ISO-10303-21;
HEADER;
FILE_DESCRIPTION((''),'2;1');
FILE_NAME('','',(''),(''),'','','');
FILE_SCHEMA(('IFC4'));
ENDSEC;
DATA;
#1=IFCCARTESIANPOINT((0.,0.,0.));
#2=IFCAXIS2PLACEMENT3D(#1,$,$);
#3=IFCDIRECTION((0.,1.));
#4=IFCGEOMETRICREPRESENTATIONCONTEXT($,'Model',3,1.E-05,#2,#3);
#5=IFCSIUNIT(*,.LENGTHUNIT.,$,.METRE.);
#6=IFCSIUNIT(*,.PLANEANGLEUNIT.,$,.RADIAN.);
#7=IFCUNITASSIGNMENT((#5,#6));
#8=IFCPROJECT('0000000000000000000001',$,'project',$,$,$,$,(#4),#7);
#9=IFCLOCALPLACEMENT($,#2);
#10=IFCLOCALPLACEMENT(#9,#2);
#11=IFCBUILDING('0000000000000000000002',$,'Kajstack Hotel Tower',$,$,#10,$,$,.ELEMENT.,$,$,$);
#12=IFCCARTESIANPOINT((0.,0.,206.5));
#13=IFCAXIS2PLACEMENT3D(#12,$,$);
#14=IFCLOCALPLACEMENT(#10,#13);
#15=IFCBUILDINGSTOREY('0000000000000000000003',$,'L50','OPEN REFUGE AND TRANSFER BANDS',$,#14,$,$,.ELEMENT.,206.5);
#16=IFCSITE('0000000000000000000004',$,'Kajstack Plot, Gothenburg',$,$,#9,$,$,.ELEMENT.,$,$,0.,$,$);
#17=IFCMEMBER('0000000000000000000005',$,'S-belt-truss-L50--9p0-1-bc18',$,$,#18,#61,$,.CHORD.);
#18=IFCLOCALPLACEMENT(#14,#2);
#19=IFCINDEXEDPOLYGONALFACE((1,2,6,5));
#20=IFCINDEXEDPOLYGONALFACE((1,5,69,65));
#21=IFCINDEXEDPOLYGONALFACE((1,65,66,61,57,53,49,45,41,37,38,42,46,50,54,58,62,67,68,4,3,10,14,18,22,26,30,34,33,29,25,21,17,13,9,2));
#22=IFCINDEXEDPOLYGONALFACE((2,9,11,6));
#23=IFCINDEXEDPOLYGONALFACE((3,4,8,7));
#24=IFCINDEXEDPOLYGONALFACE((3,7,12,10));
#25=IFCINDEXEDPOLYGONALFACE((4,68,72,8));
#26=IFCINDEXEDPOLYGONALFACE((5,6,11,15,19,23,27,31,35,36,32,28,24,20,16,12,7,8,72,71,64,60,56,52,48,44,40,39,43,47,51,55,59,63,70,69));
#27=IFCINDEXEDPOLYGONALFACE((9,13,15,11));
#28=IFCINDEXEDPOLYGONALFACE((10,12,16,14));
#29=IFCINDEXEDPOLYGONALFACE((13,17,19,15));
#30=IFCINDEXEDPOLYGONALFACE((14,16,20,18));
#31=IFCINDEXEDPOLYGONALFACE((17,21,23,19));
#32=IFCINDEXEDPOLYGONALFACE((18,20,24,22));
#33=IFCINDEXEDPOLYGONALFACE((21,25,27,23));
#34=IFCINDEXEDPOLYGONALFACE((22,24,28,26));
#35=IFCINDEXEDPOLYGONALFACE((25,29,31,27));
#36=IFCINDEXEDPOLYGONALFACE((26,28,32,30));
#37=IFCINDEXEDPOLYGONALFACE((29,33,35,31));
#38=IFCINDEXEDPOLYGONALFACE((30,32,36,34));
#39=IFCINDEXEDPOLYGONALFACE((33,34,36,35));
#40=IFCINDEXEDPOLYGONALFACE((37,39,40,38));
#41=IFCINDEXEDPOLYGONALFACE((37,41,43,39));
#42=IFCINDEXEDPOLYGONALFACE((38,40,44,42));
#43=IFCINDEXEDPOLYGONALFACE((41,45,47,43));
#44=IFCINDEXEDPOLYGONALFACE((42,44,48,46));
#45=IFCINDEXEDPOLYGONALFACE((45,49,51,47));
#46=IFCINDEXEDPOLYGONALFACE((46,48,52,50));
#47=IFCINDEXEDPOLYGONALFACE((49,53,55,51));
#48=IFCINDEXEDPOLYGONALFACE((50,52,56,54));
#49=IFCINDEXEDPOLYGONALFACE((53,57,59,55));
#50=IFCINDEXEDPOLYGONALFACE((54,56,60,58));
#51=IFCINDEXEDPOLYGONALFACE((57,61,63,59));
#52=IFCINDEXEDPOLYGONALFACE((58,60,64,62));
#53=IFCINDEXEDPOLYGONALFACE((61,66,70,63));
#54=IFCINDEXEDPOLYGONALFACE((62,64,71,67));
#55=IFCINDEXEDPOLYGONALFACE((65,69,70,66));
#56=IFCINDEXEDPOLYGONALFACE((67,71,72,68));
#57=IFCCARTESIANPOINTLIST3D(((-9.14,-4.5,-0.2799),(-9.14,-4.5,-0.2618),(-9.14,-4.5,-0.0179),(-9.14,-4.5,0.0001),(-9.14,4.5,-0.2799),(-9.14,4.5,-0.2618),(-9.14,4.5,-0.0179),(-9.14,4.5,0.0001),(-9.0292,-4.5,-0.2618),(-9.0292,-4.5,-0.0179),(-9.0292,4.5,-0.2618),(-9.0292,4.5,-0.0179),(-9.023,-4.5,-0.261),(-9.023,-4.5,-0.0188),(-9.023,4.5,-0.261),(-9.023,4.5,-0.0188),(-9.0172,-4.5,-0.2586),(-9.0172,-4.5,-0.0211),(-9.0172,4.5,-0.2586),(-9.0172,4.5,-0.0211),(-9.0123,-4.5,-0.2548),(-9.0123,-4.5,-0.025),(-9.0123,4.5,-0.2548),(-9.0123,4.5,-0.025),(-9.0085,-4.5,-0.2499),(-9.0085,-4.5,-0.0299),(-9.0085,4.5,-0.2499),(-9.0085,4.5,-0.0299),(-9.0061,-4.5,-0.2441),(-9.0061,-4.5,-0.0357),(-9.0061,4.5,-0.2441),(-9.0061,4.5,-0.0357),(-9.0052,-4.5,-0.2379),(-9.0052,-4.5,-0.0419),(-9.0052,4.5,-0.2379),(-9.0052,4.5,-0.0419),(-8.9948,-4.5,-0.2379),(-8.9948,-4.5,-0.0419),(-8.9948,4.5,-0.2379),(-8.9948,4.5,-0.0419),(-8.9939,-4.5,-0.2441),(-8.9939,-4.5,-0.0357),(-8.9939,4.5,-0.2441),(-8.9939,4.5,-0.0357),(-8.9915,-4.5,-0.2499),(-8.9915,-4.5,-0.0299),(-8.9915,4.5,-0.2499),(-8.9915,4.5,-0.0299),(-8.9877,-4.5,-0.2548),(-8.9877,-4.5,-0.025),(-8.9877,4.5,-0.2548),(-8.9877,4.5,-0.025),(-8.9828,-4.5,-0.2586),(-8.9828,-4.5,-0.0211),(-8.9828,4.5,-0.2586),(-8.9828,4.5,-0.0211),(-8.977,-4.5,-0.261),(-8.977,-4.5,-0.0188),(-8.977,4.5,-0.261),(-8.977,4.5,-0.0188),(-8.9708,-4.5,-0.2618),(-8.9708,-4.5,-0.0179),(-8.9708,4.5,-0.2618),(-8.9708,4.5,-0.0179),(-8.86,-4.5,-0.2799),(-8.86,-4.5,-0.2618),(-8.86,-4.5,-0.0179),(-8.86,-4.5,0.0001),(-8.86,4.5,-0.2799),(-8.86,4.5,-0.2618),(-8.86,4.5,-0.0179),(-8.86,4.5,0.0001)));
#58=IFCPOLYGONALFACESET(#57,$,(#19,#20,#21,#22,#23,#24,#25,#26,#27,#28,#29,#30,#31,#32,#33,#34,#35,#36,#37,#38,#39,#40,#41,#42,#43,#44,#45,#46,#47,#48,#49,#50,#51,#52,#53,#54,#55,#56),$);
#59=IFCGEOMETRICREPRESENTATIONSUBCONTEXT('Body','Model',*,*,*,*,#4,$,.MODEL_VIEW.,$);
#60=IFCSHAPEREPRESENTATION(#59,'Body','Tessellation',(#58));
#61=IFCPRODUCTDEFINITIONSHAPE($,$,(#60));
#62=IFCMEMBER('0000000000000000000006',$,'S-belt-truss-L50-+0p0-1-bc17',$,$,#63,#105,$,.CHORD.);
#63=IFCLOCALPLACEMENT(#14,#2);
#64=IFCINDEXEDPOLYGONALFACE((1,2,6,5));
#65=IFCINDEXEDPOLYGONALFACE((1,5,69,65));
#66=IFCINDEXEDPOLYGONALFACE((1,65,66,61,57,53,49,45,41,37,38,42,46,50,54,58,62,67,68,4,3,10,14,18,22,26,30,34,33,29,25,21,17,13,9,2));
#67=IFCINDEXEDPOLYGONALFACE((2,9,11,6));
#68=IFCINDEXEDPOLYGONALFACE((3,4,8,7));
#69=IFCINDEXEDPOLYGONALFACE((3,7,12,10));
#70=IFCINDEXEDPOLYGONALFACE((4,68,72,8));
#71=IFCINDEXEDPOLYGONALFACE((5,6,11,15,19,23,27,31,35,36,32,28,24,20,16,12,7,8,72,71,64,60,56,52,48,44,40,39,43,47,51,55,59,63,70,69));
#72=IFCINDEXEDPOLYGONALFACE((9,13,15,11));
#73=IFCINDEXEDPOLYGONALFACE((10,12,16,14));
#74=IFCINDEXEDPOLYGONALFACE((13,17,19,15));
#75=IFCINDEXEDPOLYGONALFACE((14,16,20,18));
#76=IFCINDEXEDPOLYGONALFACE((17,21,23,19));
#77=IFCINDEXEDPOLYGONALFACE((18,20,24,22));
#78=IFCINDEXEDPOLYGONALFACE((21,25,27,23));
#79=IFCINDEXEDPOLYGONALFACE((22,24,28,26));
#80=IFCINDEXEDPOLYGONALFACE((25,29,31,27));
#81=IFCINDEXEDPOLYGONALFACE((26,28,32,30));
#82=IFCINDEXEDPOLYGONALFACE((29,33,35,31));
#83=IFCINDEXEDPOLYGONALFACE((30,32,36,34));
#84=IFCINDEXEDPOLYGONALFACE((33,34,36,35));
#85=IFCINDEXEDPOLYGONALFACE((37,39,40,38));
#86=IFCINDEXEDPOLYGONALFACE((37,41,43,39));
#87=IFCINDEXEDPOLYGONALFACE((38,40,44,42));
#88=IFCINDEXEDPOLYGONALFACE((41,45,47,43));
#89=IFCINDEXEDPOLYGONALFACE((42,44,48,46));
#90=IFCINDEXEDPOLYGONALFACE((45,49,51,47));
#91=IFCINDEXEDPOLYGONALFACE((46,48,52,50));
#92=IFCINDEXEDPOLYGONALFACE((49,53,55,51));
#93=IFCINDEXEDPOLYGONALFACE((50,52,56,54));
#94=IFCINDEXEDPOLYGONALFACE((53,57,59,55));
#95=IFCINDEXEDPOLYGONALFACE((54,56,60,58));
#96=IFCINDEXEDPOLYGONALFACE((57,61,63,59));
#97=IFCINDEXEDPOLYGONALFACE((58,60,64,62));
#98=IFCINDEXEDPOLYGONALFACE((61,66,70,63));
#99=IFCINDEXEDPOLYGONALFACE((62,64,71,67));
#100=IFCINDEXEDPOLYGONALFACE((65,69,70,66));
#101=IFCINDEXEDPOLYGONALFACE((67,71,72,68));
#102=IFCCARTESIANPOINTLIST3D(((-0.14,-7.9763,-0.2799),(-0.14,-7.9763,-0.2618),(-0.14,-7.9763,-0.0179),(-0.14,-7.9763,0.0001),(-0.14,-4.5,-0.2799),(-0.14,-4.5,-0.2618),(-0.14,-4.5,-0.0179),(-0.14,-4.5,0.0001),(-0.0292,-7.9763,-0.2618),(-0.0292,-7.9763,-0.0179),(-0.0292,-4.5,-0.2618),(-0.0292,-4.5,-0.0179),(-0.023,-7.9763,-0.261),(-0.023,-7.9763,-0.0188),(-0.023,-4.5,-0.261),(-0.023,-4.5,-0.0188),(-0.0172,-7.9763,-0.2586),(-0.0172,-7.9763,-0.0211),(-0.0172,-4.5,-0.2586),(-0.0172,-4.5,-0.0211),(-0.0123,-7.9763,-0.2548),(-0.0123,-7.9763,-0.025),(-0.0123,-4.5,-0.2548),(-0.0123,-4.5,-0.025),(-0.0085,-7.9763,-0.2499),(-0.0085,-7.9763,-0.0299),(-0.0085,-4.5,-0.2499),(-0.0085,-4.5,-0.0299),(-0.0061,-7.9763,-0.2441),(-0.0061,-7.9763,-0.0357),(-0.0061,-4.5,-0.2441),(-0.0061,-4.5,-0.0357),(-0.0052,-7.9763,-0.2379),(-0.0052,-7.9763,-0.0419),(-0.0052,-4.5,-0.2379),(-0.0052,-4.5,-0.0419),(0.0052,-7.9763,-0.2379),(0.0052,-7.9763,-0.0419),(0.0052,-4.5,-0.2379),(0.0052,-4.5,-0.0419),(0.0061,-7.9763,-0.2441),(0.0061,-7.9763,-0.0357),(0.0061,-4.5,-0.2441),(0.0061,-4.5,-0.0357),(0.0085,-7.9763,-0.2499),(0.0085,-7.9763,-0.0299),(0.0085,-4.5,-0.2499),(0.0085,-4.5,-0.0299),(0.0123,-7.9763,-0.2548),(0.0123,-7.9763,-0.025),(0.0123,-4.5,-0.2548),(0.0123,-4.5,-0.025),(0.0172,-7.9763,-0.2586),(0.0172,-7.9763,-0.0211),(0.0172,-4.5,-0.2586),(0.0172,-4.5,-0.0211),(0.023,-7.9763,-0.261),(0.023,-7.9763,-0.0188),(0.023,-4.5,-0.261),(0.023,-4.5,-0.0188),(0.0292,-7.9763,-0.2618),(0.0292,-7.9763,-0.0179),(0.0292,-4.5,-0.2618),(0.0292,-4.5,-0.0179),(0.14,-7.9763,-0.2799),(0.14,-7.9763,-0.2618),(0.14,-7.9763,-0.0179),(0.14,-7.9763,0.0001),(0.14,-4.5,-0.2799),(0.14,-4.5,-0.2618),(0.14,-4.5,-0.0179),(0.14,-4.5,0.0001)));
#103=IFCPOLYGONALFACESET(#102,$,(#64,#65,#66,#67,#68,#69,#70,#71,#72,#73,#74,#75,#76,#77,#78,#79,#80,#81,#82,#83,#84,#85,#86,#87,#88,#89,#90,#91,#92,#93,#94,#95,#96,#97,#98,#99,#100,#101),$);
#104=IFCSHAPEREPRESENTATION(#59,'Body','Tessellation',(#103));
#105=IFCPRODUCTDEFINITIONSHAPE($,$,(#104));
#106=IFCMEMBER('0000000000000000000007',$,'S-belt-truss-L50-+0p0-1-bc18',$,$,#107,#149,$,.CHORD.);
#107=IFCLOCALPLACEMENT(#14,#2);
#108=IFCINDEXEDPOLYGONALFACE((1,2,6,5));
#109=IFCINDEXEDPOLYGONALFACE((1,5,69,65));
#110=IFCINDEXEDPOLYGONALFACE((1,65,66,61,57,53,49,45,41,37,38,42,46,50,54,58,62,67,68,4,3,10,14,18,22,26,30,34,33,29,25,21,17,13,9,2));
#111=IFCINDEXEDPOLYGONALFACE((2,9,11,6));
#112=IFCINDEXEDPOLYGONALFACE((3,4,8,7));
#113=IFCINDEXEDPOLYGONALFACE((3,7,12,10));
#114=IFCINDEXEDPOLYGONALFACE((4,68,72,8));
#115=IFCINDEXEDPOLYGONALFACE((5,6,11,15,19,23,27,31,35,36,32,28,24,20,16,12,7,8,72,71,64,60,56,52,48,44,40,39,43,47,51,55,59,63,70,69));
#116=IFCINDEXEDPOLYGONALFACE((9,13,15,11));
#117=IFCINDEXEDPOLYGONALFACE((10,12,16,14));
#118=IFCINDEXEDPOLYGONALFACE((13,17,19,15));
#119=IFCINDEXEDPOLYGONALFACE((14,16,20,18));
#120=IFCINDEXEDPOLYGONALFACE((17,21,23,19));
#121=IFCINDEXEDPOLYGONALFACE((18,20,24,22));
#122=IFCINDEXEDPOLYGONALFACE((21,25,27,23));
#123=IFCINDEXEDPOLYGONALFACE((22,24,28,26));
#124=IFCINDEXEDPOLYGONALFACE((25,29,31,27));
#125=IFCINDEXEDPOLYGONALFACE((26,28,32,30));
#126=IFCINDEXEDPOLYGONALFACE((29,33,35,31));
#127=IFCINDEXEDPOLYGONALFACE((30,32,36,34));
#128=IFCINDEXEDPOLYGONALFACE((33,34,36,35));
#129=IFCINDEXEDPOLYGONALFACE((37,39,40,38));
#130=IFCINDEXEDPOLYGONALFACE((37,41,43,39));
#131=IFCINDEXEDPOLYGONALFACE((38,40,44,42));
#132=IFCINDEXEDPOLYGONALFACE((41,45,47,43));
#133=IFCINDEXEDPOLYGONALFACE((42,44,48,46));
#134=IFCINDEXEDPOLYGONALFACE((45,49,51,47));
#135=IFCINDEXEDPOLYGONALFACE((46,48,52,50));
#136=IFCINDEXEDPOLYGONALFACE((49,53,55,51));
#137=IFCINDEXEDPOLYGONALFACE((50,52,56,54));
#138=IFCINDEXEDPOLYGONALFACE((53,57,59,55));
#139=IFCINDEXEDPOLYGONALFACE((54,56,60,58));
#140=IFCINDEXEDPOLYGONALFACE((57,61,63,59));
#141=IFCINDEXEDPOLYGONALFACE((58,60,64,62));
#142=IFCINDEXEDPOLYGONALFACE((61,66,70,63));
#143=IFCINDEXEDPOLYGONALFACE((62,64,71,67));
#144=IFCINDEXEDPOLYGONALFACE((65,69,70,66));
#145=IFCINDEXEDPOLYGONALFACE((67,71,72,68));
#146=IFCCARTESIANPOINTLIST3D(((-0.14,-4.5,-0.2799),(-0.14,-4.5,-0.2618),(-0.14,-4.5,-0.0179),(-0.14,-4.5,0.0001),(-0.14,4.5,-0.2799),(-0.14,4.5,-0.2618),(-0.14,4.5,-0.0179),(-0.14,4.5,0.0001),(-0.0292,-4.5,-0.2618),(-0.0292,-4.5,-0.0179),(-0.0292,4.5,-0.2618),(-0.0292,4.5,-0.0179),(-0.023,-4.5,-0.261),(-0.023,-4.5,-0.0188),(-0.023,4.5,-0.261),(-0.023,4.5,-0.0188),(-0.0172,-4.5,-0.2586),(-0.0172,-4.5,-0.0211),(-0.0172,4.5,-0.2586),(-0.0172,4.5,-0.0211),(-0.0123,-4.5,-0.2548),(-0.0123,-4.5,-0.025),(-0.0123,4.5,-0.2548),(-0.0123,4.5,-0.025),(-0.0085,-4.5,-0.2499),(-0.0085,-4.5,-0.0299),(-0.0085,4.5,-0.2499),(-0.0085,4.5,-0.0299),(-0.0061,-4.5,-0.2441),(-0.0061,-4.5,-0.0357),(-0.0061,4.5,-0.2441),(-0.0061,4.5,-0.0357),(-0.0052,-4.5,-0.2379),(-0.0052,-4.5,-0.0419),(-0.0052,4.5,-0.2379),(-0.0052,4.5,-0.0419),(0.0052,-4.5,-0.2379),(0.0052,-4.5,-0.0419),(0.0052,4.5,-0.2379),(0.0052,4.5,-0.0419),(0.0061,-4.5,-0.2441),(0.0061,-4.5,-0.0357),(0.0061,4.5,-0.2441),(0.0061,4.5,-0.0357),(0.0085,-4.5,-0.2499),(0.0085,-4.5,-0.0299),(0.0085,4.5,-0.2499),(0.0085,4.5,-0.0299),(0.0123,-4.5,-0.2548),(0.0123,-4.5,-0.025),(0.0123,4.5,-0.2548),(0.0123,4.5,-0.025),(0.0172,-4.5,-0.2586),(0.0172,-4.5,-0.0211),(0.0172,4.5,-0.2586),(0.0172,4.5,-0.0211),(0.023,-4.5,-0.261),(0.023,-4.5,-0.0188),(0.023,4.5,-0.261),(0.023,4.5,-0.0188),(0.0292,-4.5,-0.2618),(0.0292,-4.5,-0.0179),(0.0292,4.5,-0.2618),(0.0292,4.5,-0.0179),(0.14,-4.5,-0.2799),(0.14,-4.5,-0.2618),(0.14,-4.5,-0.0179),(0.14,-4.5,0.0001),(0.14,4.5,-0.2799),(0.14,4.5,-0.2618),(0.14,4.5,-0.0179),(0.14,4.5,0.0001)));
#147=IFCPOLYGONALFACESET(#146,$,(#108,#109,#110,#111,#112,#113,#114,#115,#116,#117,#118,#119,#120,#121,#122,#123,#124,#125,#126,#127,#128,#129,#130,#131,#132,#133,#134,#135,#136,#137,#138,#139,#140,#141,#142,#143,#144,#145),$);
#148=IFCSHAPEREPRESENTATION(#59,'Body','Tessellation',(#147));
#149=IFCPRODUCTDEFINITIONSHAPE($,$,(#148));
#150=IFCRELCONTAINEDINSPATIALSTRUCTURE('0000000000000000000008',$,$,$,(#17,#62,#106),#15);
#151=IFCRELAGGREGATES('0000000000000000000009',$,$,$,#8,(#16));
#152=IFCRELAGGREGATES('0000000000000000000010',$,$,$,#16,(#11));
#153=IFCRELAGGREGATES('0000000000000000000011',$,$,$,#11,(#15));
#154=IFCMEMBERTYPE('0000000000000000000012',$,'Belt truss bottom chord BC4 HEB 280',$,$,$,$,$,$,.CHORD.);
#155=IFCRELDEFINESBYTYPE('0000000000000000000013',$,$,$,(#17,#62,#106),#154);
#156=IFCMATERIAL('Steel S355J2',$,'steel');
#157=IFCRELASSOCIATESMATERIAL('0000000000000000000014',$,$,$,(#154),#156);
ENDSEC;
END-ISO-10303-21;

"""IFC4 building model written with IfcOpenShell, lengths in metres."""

from ifc_helpers import new_model, si_unit, direction, frame, origin, origin_2d, place, context, subcontext, project, spatial, i_section, extrude, material, material_profile, profile_set, type_object, element, save


model = new_model("IFC4")

# Units and contexts
model_context = context("Model", 3, precision=1e-05, world=origin(), true_north=direction((0.0, 1.0)))
body_context = subcontext(model_context, "Body", "Model", "MODEL_VIEW")
ifc_project = project(units=[si_unit("LENGTHUNIT", "METRE"), si_unit("PLANEANGLEUNIT", "RADIAN")], contexts=[model_context])

# Site, building, storey
site_placement = place(None, origin())
site = spatial("IfcSite", under=ifc_project, at=site_placement, Name="Kajstack Plot, Gothenburg", CompositionType="ELEMENT", RefElevation=0.0)
building_placement = place(site_placement, origin())
building = spatial("IfcBuilding", under=site, at=building_placement, Name="Kajstack Hotel Tower", CompositionType="ELEMENT")
storey_placement = place(building_placement, frame((0.0, 0.0, 206.5)))
storey = spatial("IfcBuildingStorey", under=building, at=storey_placement, Name="L50", Description="OPEN REFUGE AND TRANSFER BANDS", CompositionType="ELEMENT", Elevation=206.5)

# Members
ifc_material_1 = material(Name="Steel S355J2", Category="steel")
ifc_material_profile_1 = material_profile(ifc_material_1, i_section(OverallWidth=0.28, OverallDepth=0.28, WebThickness=0.0105, FlangeThickness=0.0181, FilletRadius=0.0239, at=origin_2d()), Name="HEB 280")
ifc_profile_set_1 = profile_set([ifc_material_profile_1], Name="Steel S355J2")
member_type_1 = type_object("IfcMemberType", Name="Belt truss bottom chord BC4 HEB 280", PredefinedType="CHORD", material=ifc_profile_set_1)
member_1_placement = place(storey_placement, frame((-9.0, -4.5, -0.1399), z_axis=(0.0, 1.0, 0.0), x_axis=(-1.0, 0.0, 0.0)))
element("IfcMember", 1, at=member_1_placement, inside=storey, type_object=member_type_1, Name="S-belt-truss-L50--9p0-1-bc18", PredefinedType="CHORD", context=body_context, shape_type="SweptSolid", body=[
    extrude(i_section(OverallWidth=0.28, OverallDepth=0.28, WebThickness=0.0105, FlangeThickness=0.0181, FilletRadius=0.0239, at=origin_2d()), origin(), (0.0, 0.0, 1.0), 9.0),
])
member_2_placement = place(storey_placement, frame((0.0, -7.9763, -0.1399), z_axis=(0.0, 1.0, 0.0), x_axis=(-1.0, 0.0, 0.0)))
element("IfcMember", 2, at=member_2_placement, inside=storey, type_object=member_type_1, Name="S-belt-truss-L50-+0p0-1-bc17", PredefinedType="CHORD", context=body_context, shape_type="SweptSolid", body=[
    extrude(i_section(OverallWidth=0.28, OverallDepth=0.28, WebThickness=0.0105, FlangeThickness=0.0181, FilletRadius=0.0239, at=origin_2d()), origin(), (0.0, 0.0, 1.0), 3.4763),
])
member_3_placement = place(storey_placement, frame((0.0, -4.5, -0.1399), z_axis=(0.0, 1.0, 0.0), x_axis=(-1.0, 0.0, 0.0)))
element("IfcMember", 3, at=member_3_placement, inside=storey, type_object=member_type_1, Name="S-belt-truss-L50-+0p0-1-bc18", PredefinedType="CHORD", context=body_context, shape_type="SweptSolid", body=[
    extrude(i_section(OverallWidth=0.28, OverallDepth=0.28, WebThickness=0.0105, FlangeThickness=0.0181, FilletRadius=0.0239, at=origin_2d()), origin(), (0.0, 0.0, 1.0), 9.0),
])

save(model, "model.ifc")
